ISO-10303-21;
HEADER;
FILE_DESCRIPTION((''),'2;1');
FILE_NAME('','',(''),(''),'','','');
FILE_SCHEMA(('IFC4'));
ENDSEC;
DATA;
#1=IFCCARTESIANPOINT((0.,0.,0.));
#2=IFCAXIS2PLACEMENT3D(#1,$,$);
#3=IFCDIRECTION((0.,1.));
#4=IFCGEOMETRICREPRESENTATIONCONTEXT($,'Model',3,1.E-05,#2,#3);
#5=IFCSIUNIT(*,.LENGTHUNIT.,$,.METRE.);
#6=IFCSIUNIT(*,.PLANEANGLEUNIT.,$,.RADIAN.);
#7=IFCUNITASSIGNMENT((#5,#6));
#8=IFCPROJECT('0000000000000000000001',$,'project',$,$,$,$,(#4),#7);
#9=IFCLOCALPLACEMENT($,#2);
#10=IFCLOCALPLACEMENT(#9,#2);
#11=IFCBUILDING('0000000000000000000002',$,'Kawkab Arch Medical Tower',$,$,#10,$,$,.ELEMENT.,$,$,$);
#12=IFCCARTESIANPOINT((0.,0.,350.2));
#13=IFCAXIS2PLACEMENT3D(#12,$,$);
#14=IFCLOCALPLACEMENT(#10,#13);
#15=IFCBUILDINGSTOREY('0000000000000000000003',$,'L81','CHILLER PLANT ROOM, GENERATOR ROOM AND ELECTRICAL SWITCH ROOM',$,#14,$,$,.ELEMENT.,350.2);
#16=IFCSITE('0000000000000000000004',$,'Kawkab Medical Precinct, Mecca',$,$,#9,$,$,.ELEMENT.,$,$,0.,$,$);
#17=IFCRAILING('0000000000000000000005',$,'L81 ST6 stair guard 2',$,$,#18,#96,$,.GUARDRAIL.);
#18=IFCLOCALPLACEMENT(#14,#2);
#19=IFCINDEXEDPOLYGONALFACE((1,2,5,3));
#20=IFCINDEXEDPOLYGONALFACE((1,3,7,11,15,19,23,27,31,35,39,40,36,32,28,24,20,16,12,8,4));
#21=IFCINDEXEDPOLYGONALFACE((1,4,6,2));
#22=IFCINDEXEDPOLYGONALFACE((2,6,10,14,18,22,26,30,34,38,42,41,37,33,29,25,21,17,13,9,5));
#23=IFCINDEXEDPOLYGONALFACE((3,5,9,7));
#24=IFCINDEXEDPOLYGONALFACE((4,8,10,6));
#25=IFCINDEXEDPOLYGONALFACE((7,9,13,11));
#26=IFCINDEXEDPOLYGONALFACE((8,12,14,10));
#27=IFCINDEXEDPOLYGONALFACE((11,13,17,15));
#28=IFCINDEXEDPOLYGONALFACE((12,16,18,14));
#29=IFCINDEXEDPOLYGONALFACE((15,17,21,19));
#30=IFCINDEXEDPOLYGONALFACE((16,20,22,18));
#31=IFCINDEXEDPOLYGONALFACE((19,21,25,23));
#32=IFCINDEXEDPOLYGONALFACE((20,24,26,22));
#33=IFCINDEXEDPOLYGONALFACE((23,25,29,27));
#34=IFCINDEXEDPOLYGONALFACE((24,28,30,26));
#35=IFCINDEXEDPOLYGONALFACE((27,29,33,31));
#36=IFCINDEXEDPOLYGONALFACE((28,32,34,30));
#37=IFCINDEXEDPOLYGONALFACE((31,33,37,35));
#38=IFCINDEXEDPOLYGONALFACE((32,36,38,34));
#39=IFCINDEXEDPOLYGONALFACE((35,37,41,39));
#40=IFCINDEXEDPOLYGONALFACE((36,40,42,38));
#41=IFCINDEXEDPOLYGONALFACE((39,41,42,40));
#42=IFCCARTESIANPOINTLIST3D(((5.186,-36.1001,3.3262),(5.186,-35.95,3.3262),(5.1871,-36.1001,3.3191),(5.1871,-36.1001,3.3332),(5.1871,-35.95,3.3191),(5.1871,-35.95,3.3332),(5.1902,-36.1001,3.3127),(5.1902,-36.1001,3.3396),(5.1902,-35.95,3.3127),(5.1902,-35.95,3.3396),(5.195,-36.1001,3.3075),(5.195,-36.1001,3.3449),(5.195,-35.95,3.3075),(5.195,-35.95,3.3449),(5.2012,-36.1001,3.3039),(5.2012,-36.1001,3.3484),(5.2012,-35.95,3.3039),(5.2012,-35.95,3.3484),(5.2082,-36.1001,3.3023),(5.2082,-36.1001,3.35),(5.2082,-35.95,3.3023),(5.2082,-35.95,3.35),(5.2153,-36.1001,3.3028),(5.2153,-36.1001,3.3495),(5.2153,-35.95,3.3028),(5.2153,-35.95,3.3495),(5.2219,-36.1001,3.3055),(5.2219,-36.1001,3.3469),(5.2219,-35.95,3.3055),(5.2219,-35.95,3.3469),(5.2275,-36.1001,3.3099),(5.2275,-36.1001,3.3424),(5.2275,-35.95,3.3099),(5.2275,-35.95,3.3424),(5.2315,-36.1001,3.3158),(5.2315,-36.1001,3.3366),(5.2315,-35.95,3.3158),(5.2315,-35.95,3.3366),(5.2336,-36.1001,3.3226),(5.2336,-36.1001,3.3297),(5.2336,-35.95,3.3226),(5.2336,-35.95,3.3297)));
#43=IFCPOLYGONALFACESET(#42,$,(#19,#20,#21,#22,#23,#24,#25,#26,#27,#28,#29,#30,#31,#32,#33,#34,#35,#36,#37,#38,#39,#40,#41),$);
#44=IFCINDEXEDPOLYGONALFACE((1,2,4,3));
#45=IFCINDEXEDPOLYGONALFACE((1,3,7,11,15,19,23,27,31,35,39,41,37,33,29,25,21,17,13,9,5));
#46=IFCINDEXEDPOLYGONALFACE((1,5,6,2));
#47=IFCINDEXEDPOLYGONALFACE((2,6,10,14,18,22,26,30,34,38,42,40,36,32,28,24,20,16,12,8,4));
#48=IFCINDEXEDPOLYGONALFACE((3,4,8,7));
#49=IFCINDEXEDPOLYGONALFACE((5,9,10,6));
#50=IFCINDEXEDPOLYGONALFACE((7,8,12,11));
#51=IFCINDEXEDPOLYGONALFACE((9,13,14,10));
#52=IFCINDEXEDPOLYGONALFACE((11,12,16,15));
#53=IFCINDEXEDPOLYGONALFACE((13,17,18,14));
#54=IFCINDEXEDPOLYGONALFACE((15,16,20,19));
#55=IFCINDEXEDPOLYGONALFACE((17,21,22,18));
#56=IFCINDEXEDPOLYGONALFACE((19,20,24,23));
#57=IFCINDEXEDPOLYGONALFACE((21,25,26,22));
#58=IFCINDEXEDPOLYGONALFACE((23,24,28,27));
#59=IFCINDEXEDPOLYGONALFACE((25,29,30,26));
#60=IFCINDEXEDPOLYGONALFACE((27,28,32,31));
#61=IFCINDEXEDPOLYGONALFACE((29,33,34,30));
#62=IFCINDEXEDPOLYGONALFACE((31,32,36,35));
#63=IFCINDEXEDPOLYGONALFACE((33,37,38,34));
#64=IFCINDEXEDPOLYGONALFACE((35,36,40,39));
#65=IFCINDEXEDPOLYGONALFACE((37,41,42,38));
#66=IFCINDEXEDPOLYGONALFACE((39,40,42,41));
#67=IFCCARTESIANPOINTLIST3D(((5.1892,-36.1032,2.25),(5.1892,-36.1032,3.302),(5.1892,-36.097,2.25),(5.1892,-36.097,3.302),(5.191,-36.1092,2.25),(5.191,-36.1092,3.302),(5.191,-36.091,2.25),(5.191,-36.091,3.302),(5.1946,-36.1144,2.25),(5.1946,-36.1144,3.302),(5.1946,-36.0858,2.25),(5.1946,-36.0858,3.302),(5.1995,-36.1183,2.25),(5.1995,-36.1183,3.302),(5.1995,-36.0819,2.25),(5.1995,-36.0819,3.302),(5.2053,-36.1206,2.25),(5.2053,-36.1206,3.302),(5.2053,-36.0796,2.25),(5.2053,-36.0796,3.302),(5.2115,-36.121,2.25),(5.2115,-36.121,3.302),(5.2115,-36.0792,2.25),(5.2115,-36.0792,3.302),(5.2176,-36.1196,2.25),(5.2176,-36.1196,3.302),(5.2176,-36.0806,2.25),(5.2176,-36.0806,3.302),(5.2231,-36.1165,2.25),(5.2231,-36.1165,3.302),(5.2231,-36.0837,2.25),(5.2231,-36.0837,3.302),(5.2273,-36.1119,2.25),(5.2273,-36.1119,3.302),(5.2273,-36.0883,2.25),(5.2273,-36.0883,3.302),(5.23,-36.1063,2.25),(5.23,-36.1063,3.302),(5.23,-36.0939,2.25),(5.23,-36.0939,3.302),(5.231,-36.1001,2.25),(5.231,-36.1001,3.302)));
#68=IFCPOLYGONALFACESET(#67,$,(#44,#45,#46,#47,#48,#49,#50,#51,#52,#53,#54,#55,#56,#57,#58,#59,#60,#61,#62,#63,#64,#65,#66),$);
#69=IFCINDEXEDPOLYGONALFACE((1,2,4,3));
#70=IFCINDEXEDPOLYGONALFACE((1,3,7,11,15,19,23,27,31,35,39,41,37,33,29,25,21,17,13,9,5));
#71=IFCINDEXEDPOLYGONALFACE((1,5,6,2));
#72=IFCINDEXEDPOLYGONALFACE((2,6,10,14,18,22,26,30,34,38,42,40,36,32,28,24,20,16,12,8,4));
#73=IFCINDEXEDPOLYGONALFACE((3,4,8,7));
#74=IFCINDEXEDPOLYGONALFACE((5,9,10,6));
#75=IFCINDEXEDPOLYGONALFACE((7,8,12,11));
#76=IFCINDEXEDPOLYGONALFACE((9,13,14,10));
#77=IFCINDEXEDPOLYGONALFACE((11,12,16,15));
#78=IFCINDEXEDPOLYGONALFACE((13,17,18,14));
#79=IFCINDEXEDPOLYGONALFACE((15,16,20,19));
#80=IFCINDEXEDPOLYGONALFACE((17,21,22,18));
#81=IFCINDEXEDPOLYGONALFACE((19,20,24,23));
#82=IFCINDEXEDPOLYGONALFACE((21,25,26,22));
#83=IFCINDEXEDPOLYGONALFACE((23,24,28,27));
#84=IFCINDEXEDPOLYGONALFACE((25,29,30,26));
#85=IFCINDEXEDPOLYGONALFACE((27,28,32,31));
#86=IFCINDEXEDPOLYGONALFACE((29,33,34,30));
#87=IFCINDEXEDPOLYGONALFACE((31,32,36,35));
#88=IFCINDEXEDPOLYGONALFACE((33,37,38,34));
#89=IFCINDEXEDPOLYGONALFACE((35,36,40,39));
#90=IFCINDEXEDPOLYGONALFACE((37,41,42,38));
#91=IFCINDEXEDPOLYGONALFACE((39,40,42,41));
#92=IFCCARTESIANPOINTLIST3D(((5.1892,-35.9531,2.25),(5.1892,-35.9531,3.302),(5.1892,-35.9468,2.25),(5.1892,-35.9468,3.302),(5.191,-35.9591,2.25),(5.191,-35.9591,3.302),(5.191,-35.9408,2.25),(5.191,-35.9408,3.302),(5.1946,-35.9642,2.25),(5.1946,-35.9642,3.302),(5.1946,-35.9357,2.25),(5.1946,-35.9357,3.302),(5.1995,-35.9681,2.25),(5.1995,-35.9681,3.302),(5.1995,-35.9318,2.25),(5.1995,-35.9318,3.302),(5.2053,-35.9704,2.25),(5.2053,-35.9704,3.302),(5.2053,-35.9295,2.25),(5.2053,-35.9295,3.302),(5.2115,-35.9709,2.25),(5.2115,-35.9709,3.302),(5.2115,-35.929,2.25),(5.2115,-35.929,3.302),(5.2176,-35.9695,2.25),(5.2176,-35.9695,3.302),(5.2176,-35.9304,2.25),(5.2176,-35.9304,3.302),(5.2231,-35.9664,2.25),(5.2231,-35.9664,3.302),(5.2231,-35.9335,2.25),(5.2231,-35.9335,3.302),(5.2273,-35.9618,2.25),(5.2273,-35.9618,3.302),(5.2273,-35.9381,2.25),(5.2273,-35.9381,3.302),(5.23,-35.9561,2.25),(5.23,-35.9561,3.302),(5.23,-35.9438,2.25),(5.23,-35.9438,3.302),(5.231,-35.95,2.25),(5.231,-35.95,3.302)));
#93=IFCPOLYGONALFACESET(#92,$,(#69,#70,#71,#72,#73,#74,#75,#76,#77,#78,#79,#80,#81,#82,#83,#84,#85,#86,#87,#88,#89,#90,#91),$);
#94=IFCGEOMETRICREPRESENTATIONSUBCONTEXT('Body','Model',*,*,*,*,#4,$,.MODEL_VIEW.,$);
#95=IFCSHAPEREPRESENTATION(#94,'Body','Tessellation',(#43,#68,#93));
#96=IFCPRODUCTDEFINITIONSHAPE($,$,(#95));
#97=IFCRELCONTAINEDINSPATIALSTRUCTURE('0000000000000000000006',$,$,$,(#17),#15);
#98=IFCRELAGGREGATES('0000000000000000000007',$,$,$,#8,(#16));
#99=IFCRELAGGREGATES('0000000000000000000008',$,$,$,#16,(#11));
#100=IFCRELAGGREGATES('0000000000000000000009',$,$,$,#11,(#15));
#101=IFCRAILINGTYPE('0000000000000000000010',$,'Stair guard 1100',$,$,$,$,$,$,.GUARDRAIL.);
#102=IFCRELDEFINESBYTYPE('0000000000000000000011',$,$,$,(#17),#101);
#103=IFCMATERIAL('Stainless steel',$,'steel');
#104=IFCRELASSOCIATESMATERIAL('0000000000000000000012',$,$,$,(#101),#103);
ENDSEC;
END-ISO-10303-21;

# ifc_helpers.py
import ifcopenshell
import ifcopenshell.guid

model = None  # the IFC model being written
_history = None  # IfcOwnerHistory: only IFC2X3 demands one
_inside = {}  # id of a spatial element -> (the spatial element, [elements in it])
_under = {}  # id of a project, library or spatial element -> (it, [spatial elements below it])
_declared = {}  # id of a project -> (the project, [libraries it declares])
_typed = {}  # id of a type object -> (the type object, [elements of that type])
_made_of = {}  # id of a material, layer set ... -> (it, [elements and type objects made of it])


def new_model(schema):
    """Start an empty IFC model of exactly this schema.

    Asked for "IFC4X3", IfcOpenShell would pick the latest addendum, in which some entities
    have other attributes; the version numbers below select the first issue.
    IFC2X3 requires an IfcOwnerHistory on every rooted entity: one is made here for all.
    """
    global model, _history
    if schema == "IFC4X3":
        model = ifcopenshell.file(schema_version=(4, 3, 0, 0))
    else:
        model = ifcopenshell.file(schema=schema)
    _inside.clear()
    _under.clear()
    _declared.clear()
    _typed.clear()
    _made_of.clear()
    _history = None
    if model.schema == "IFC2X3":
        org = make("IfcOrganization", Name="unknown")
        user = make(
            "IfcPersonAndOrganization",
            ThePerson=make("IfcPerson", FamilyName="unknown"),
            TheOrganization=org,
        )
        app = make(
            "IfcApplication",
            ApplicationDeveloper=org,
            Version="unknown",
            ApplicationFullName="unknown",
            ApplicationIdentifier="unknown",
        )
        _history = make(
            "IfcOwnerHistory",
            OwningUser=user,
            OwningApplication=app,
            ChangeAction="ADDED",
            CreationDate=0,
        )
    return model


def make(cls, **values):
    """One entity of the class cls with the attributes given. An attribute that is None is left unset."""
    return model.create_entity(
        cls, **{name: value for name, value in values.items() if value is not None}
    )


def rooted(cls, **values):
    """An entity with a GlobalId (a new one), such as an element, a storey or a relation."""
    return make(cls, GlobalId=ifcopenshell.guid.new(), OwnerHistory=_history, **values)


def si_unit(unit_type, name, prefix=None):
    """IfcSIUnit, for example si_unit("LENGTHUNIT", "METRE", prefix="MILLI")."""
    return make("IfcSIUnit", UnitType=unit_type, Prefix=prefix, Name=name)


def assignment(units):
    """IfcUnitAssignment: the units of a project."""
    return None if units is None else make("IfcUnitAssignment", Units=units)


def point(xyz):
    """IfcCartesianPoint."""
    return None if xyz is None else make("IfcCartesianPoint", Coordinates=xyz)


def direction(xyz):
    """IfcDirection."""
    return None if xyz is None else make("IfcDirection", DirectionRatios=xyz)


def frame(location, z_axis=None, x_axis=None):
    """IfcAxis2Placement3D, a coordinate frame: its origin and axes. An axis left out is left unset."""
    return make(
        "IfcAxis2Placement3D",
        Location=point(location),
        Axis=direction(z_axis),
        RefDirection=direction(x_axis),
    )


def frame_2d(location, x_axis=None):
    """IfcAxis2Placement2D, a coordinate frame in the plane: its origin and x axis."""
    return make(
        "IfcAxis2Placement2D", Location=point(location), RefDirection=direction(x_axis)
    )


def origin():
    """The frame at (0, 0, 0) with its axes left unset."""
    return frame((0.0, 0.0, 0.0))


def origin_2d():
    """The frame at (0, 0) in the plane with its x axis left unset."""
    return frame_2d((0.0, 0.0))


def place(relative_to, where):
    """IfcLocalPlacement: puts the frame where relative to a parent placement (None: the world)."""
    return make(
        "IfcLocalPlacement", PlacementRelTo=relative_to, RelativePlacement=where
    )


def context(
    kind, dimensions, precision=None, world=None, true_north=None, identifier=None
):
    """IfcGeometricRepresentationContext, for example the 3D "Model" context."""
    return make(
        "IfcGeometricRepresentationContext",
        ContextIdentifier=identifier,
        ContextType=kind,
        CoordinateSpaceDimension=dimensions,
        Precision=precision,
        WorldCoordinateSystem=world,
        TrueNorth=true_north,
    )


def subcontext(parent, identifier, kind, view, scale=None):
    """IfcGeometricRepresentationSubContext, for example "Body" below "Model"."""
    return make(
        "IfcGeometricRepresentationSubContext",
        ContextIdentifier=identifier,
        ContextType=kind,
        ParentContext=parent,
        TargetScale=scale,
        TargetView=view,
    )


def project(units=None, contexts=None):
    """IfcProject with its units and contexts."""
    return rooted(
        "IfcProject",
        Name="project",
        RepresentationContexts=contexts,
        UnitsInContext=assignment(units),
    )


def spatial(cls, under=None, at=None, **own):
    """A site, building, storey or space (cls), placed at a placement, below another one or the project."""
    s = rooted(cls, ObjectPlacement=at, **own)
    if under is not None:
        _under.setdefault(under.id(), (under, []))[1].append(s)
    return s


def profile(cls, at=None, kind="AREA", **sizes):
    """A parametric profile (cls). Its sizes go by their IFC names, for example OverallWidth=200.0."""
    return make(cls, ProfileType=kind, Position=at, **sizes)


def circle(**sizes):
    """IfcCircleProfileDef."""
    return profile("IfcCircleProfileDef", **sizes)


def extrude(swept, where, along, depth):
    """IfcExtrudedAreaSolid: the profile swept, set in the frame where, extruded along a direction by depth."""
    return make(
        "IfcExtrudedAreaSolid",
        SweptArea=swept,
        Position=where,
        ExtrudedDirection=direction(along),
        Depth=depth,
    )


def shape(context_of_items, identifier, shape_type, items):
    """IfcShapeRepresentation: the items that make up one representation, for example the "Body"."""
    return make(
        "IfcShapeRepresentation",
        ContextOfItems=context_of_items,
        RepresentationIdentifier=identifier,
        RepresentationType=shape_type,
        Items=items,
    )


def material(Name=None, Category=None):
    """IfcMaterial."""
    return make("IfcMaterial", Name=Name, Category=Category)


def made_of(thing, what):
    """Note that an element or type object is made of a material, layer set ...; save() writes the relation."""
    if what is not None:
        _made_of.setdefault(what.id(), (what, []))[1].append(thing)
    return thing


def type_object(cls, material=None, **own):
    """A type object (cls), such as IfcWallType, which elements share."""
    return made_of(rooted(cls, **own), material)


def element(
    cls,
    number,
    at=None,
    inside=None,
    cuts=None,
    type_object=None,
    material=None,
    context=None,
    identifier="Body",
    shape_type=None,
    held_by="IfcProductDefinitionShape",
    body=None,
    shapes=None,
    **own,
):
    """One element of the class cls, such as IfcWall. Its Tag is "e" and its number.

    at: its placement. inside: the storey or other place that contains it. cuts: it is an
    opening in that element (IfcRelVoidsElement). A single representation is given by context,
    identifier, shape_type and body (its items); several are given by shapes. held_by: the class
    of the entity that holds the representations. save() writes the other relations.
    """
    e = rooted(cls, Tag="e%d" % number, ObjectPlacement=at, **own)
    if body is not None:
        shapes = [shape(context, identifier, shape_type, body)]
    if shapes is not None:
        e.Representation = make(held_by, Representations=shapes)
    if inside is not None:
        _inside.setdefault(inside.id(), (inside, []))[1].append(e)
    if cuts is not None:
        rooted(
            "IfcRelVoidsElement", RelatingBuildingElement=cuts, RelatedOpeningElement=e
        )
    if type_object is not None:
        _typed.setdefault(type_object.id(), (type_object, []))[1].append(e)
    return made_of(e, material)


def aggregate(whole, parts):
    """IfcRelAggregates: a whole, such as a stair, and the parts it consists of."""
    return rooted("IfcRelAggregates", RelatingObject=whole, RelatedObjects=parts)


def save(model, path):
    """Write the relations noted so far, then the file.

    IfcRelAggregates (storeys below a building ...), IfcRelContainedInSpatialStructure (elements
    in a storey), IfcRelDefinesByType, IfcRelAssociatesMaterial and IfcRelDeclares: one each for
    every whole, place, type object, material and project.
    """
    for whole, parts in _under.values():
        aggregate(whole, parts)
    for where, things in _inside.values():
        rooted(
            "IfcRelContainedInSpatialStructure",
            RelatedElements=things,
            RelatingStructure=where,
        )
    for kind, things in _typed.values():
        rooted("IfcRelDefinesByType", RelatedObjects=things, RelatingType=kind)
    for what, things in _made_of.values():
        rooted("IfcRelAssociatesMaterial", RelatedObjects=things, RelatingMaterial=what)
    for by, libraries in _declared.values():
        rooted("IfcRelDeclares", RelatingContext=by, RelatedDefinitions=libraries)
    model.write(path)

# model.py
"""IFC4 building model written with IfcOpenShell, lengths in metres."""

from ifc_helpers import new_model, si_unit, direction, frame, origin, origin_2d, place, context, subcontext, project, spatial, circle, extrude, material, type_object, element, save


model = new_model("IFC4")

# Units and contexts
model_context = context("Model", 3, precision=1e-05, world=origin(), true_north=direction((0.0, 1.0)))
body_context = subcontext(model_context, "Body", "Model", "MODEL_VIEW")
ifc_project = project(units=[si_unit("LENGTHUNIT", "METRE"), si_unit("PLANEANGLEUNIT", "RADIAN")], contexts=[model_context])

# Site, building, storey
site_placement = place(None, origin())
site = spatial("IfcSite", under=ifc_project, at=site_placement, Name="Kawkab Medical Precinct, Mecca", CompositionType="ELEMENT", RefElevation=0.0)
building_placement = place(site_placement, origin())
building = spatial("IfcBuilding", under=site, at=building_placement, Name="Kawkab Arch Medical Tower", CompositionType="ELEMENT")
storey_placement = place(building_placement, frame((0.0, 0.0, 350.2)))
storey = spatial("IfcBuildingStorey", under=building, at=storey_placement, Name="L81", Description="CHILLER PLANT ROOM, GENERATOR ROOM AND ELECTRICAL SWITCH ROOM", CompositionType="ELEMENT", Elevation=350.2)

# Railing
ifc_material_1 = material(Name="Stainless steel", Category="steel")
railing_type = type_object("IfcRailingType", Name="Stair guard 1100", PredefinedType="GUARDRAIL", material=ifc_material_1)
railing_1_placement = place(storey_placement, frame((5.21, -36.1001, 2.25)))
element("IfcRailing", 1, at=railing_1_placement, inside=storey, type_object=railing_type, Name="L81 ST6 stair guard 2", PredefinedType="GUARDRAIL", context=body_context, shape_type="SweptSolid", body=[
    extrude(circle(Radius=0.0239, at=origin_2d()), frame((0.0, 0.0, 1.0762), z_axis=(0.0, 1.0, 0.0), x_axis=(-1.0, 0.0, 0.0)), (0.0, 0.0, 1.0), 0.1501),
    extrude(circle(Radius=0.021, at=origin_2d()), origin(), (0.0, 0.0, 1.0), 1.052),
    extrude(circle(Radius=0.021, at=origin_2d()), frame((0.0, 0.1501, 0.0)), (0.0, 0.0, 1.0), 1.052),
])

save(model, "model.ifc")
